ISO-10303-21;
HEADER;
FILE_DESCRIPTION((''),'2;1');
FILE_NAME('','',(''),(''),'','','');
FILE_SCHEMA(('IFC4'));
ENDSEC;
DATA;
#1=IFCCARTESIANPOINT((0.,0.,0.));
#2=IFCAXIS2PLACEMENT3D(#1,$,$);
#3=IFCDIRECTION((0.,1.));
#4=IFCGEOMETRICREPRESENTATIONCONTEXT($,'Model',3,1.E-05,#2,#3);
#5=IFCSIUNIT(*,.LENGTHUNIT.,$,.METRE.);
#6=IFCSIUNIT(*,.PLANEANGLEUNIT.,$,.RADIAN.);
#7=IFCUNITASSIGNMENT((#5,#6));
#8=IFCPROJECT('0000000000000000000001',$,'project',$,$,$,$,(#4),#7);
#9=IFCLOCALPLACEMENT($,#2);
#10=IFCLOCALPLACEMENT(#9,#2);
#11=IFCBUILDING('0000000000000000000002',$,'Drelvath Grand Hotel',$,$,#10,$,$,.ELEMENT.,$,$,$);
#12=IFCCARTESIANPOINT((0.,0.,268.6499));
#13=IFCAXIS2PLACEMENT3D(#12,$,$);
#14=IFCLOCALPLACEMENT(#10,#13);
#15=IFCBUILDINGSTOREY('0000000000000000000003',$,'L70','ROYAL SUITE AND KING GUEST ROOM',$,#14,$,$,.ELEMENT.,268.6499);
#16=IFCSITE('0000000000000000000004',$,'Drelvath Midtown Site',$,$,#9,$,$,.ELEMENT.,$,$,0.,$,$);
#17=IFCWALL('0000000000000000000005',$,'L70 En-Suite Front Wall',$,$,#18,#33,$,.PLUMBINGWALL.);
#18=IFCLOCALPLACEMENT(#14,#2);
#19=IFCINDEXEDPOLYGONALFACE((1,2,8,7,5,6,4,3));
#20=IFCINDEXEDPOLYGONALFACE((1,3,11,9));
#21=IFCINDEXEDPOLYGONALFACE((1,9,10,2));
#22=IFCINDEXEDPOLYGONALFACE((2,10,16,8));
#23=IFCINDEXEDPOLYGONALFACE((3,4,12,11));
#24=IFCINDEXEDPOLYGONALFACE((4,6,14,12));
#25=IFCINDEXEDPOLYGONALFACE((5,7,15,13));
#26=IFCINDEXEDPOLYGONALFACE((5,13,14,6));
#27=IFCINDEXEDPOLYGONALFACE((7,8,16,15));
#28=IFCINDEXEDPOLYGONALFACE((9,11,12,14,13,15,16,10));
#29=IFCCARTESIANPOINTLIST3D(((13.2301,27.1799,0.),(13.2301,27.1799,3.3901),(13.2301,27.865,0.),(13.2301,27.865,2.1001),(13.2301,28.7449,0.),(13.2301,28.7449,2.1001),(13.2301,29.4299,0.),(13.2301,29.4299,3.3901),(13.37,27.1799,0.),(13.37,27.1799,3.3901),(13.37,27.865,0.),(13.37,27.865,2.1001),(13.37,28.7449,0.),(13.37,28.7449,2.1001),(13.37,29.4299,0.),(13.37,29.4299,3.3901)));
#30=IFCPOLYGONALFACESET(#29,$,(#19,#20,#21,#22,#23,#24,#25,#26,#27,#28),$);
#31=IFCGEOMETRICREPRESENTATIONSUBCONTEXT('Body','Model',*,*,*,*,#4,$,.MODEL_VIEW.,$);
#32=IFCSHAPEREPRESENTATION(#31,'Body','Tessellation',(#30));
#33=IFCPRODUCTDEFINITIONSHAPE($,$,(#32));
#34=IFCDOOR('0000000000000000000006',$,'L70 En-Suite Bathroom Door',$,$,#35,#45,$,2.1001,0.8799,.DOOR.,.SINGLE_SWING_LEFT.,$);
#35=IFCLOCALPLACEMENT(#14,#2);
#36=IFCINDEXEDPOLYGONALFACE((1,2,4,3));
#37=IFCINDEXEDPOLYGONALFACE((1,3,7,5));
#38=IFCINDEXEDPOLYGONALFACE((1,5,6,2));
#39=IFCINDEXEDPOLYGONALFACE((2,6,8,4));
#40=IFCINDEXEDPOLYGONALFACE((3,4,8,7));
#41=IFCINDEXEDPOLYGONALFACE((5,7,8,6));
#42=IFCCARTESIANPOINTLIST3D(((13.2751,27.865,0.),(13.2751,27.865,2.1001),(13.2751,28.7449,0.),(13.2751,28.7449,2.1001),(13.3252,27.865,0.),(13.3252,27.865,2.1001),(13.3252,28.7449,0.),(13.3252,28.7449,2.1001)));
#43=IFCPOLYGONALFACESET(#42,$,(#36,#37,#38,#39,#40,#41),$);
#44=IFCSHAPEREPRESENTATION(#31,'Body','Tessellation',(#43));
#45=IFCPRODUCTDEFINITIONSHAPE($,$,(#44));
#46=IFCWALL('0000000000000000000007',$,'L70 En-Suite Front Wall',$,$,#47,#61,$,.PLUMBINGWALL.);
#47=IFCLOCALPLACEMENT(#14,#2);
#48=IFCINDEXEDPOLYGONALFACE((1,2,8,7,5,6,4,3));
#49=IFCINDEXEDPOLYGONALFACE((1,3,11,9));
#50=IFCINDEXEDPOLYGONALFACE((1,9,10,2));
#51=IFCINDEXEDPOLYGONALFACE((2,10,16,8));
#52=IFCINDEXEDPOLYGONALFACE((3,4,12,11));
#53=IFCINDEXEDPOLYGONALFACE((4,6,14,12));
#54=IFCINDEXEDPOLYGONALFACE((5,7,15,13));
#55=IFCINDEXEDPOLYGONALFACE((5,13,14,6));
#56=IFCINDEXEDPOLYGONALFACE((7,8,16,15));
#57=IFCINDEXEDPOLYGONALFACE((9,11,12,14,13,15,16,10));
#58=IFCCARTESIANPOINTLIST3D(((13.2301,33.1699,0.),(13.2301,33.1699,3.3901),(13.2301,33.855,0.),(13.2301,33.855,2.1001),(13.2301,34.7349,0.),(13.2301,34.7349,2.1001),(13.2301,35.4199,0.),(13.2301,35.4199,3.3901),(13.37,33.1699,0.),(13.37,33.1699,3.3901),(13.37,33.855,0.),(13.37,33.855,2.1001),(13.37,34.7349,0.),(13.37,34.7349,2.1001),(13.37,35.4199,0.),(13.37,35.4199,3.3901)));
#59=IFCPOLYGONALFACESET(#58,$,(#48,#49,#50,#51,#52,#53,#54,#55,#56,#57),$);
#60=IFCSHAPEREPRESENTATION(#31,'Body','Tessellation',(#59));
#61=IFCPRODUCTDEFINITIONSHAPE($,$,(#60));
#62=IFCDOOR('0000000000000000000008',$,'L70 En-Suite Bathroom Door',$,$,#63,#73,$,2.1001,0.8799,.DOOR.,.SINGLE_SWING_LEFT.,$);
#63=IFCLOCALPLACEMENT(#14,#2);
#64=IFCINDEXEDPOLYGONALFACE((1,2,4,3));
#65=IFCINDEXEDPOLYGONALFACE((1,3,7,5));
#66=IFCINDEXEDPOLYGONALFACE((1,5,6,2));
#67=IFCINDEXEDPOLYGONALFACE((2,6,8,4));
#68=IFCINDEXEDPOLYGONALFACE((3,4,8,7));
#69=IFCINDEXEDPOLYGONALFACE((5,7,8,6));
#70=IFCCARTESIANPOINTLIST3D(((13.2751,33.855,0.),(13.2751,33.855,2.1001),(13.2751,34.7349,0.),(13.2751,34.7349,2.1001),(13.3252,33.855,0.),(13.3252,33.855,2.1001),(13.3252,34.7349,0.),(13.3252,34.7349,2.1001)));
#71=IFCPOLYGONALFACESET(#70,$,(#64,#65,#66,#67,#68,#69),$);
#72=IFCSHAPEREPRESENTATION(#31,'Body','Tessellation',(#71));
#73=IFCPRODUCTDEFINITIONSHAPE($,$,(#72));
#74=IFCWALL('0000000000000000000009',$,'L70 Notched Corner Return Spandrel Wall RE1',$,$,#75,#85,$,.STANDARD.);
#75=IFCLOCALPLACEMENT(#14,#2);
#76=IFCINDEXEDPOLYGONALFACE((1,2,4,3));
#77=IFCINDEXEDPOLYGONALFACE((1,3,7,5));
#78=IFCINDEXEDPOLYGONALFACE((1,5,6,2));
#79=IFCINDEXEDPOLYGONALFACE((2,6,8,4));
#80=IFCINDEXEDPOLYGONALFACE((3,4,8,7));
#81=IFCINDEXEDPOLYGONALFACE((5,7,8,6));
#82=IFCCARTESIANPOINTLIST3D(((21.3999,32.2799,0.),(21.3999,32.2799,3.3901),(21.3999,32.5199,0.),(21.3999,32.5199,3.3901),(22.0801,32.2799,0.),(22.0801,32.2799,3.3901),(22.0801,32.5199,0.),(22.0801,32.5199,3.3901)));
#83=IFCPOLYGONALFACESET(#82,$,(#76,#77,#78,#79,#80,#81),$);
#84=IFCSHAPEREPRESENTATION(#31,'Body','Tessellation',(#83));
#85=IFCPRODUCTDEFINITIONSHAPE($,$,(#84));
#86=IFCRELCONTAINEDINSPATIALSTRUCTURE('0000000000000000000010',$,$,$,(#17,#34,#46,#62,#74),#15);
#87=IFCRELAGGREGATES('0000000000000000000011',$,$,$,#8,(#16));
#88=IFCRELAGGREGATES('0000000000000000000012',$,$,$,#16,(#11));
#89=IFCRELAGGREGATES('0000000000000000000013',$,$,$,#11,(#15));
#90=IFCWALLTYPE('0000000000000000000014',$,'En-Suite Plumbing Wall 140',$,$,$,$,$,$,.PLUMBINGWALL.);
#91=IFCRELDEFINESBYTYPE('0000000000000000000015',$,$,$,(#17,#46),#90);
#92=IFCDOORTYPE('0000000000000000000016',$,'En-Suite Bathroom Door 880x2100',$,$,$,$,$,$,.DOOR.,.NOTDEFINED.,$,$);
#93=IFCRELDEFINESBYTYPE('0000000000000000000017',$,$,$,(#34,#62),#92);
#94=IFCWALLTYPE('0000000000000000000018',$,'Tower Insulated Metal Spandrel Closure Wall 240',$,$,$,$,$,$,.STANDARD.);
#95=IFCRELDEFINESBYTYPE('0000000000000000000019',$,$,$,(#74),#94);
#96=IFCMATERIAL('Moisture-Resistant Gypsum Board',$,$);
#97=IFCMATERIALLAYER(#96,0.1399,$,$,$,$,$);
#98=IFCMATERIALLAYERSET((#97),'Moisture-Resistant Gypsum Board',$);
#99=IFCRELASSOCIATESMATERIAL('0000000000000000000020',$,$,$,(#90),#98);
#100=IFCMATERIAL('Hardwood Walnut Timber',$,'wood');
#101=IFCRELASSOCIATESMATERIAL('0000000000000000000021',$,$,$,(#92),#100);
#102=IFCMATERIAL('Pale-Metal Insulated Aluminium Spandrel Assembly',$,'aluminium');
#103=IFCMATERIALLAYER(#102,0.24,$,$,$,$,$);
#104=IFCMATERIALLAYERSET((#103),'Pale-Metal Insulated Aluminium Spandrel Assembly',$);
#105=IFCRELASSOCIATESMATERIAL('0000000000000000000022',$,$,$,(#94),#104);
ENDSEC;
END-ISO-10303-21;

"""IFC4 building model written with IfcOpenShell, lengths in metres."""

from ifc_helpers import new_model, si_unit, direction, frame, frame_2d, origin, place, context, subcontext, project, spatial, rectangle, extrude, material, layer, layer_set, type_object, element, fill, save


model = new_model("IFC4")

# Units and contexts
model_context = context("Model", 3, precision=1e-05, world=origin(), true_north=direction((0.0, 1.0)))
body_context = subcontext(model_context, "Body", "Model", "MODEL_VIEW")
ifc_project = project(units=[si_unit("LENGTHUNIT", "METRE"), si_unit("PLANEANGLEUNIT", "RADIAN")], contexts=[model_context])

# Site, building, storey
site_placement = place(None, origin())
site = spatial("IfcSite", under=ifc_project, at=site_placement, Name="Drelvath Midtown Site", CompositionType="ELEMENT", RefElevation=0.0)
building_placement = place(site_placement, origin())
building = spatial("IfcBuilding", under=site, at=building_placement, Name="Drelvath Grand Hotel", CompositionType="ELEMENT")
storey_placement = place(building_placement, frame((0.0, 0.0, 268.6499)))
storey = spatial("IfcBuildingStorey", under=building, at=storey_placement, Name="L70", Description="ROYAL SUITE AND KING GUEST ROOM", CompositionType="ELEMENT", Elevation=268.6499)

# Walls, openings, doors
ifc_material_1 = material(Name="Moisture-Resistant Gypsum Board")
ifc_layer_1 = layer(ifc_material_1, 0.1399)
ifc_layer_set_1 = layer_set([ifc_layer_1], Name="Moisture-Resistant Gypsum Board")
wall_type_1 = type_object("IfcWallType", Name="En-Suite Plumbing Wall 140", PredefinedType="PLUMBINGWALL", material=ifc_layer_set_1)
wall_1_placement = place(storey_placement, frame((13.3, 27.1799, 0.0), z_axis=(0.0, 0.0, 1.0), x_axis=(0.0, 1.0, 0.0)))
wall_1 = element("IfcWall", 1, at=wall_1_placement, inside=storey, type_object=wall_type_1, Name="L70 En-Suite Front Wall", PredefinedType="PLUMBINGWALL", context=body_context, shape_type="SweptSolid", body=[
    extrude(rectangle(XDim=2.25, YDim=0.1399, at=frame_2d((1.125, 0.0))), origin(), (0.0, 0.0, 1.0), 3.3901),
])
opening_1_placement = place(wall_1_placement, frame((0.6851, 0.0, 0.0)))
opening_1 = element("IfcOpeningElement", 2, at=opening_1_placement, cuts=wall_1, PredefinedType="OPENING", context=body_context, shape_type="SweptSolid", body=[
    extrude(rectangle(XDim=0.8799, YDim=2.1001, at=frame_2d((0.4399, 1.05))), frame((0.0, 0.0798, 0.0), z_axis=(0.0, -1.0, 0.0), x_axis=(1.0, 0.0, 0.0)), (0.0, 0.0, 1.0), 0.1599),
])
ifc_material_2 = material(Name="Hardwood Walnut Timber", Category="wood")
door_type = type_object("IfcDoorType", Name="En-Suite Bathroom Door 880x2100", OperationType="NOTDEFINED", PredefinedType="DOOR", material=ifc_material_2)
door_1_placement = place(opening_1_placement, origin())
door_1 = element("IfcDoor", 3, at=door_1_placement, inside=storey, type_object=door_type, Name="L70 En-Suite Bathroom Door", OperationType="SINGLE_SWING_LEFT", OverallHeight=2.1001, OverallWidth=0.8799, PredefinedType="DOOR", context=body_context, shape_type="SweptSolid", body=[
    extrude(rectangle(XDim=0.8799, YDim=2.1001, at=frame_2d((0.4399, 1.05))), frame((0.0, 0.0249, 0.0), z_axis=(0.0, -1.0, 0.0), x_axis=(1.0, 0.0, 0.0)), (0.0, 0.0, 1.0), 0.05),
])
fill(opening_1, door_1)
wall_2_placement = place(storey_placement, frame((13.3, 33.1699, 0.0), z_axis=(0.0, 0.0, 1.0), x_axis=(0.0, 1.0, 0.0)))
wall_2 = element("IfcWall", 4, at=wall_2_placement, inside=storey, type_object=wall_type_1, Name="L70 En-Suite Front Wall", PredefinedType="PLUMBINGWALL", context=body_context, shape_type="SweptSolid", body=[
    extrude(rectangle(XDim=2.25, YDim=0.1399, at=frame_2d((1.125, 0.0))), origin(), (0.0, 0.0, 1.0), 3.3901),
])
opening_2_placement = place(wall_2_placement, frame((0.6851, 0.0, 0.0)))
opening_2 = element("IfcOpeningElement", 5, at=opening_2_placement, cuts=wall_2, PredefinedType="OPENING", context=body_context, shape_type="SweptSolid", body=[
    extrude(rectangle(XDim=0.8799, YDim=2.1001, at=frame_2d((0.4399, 1.05))), frame((0.0, 0.0798, 0.0), z_axis=(0.0, -1.0, 0.0), x_axis=(1.0, 0.0, 0.0)), (0.0, 0.0, 1.0), 0.1599),
])
door_2_placement = place(opening_2_placement, origin())
door_2 = element("IfcDoor", 6, at=door_2_placement, inside=storey, type_object=door_type, Name="L70 En-Suite Bathroom Door", OperationType="SINGLE_SWING_LEFT", OverallHeight=2.1001, OverallWidth=0.8799, PredefinedType="DOOR", context=body_context, shape_type="SweptSolid", body=[
    extrude(rectangle(XDim=0.8799, YDim=2.1001, at=frame_2d((0.4399, 1.05))), frame((0.0, 0.0249, 0.0), z_axis=(0.0, -1.0, 0.0), x_axis=(1.0, 0.0, 0.0)), (0.0, 0.0, 1.0), 0.05),
])
fill(opening_2, door_2)

# Wall
ifc_material_3 = material(Name="Pale-Metal Insulated Aluminium Spandrel Assembly", Category="aluminium")
ifc_layer_2 = layer(ifc_material_3, 0.24)
ifc_layer_set_2 = layer_set([ifc_layer_2], Name="Pale-Metal Insulated Aluminium Spandrel Assembly")
wall_type_2 = type_object("IfcWallType", Name="Tower Insulated Metal Spandrel Closure Wall 240", PredefinedType="STANDARD", material=ifc_layer_set_2)
wall_3_placement = place(storey_placement, frame((22.0801, 32.3999, 0.0), z_axis=(0.0, 0.0, 1.0), x_axis=(-1.0, 0.0, 0.0)))
element("IfcWall", 7, at=wall_3_placement, inside=storey, type_object=wall_type_2, Name="L70 Notched Corner Return Spandrel Wall RE1", PredefinedType="STANDARD", context=body_context, shape_type="SweptSolid", body=[
    extrude(rectangle(XDim=0.6802, YDim=0.24, at=frame_2d((0.3401, 0.0))), origin(), (0.0, 0.0, 1.0), 3.3901),
])

save(model, "model.ifc")
